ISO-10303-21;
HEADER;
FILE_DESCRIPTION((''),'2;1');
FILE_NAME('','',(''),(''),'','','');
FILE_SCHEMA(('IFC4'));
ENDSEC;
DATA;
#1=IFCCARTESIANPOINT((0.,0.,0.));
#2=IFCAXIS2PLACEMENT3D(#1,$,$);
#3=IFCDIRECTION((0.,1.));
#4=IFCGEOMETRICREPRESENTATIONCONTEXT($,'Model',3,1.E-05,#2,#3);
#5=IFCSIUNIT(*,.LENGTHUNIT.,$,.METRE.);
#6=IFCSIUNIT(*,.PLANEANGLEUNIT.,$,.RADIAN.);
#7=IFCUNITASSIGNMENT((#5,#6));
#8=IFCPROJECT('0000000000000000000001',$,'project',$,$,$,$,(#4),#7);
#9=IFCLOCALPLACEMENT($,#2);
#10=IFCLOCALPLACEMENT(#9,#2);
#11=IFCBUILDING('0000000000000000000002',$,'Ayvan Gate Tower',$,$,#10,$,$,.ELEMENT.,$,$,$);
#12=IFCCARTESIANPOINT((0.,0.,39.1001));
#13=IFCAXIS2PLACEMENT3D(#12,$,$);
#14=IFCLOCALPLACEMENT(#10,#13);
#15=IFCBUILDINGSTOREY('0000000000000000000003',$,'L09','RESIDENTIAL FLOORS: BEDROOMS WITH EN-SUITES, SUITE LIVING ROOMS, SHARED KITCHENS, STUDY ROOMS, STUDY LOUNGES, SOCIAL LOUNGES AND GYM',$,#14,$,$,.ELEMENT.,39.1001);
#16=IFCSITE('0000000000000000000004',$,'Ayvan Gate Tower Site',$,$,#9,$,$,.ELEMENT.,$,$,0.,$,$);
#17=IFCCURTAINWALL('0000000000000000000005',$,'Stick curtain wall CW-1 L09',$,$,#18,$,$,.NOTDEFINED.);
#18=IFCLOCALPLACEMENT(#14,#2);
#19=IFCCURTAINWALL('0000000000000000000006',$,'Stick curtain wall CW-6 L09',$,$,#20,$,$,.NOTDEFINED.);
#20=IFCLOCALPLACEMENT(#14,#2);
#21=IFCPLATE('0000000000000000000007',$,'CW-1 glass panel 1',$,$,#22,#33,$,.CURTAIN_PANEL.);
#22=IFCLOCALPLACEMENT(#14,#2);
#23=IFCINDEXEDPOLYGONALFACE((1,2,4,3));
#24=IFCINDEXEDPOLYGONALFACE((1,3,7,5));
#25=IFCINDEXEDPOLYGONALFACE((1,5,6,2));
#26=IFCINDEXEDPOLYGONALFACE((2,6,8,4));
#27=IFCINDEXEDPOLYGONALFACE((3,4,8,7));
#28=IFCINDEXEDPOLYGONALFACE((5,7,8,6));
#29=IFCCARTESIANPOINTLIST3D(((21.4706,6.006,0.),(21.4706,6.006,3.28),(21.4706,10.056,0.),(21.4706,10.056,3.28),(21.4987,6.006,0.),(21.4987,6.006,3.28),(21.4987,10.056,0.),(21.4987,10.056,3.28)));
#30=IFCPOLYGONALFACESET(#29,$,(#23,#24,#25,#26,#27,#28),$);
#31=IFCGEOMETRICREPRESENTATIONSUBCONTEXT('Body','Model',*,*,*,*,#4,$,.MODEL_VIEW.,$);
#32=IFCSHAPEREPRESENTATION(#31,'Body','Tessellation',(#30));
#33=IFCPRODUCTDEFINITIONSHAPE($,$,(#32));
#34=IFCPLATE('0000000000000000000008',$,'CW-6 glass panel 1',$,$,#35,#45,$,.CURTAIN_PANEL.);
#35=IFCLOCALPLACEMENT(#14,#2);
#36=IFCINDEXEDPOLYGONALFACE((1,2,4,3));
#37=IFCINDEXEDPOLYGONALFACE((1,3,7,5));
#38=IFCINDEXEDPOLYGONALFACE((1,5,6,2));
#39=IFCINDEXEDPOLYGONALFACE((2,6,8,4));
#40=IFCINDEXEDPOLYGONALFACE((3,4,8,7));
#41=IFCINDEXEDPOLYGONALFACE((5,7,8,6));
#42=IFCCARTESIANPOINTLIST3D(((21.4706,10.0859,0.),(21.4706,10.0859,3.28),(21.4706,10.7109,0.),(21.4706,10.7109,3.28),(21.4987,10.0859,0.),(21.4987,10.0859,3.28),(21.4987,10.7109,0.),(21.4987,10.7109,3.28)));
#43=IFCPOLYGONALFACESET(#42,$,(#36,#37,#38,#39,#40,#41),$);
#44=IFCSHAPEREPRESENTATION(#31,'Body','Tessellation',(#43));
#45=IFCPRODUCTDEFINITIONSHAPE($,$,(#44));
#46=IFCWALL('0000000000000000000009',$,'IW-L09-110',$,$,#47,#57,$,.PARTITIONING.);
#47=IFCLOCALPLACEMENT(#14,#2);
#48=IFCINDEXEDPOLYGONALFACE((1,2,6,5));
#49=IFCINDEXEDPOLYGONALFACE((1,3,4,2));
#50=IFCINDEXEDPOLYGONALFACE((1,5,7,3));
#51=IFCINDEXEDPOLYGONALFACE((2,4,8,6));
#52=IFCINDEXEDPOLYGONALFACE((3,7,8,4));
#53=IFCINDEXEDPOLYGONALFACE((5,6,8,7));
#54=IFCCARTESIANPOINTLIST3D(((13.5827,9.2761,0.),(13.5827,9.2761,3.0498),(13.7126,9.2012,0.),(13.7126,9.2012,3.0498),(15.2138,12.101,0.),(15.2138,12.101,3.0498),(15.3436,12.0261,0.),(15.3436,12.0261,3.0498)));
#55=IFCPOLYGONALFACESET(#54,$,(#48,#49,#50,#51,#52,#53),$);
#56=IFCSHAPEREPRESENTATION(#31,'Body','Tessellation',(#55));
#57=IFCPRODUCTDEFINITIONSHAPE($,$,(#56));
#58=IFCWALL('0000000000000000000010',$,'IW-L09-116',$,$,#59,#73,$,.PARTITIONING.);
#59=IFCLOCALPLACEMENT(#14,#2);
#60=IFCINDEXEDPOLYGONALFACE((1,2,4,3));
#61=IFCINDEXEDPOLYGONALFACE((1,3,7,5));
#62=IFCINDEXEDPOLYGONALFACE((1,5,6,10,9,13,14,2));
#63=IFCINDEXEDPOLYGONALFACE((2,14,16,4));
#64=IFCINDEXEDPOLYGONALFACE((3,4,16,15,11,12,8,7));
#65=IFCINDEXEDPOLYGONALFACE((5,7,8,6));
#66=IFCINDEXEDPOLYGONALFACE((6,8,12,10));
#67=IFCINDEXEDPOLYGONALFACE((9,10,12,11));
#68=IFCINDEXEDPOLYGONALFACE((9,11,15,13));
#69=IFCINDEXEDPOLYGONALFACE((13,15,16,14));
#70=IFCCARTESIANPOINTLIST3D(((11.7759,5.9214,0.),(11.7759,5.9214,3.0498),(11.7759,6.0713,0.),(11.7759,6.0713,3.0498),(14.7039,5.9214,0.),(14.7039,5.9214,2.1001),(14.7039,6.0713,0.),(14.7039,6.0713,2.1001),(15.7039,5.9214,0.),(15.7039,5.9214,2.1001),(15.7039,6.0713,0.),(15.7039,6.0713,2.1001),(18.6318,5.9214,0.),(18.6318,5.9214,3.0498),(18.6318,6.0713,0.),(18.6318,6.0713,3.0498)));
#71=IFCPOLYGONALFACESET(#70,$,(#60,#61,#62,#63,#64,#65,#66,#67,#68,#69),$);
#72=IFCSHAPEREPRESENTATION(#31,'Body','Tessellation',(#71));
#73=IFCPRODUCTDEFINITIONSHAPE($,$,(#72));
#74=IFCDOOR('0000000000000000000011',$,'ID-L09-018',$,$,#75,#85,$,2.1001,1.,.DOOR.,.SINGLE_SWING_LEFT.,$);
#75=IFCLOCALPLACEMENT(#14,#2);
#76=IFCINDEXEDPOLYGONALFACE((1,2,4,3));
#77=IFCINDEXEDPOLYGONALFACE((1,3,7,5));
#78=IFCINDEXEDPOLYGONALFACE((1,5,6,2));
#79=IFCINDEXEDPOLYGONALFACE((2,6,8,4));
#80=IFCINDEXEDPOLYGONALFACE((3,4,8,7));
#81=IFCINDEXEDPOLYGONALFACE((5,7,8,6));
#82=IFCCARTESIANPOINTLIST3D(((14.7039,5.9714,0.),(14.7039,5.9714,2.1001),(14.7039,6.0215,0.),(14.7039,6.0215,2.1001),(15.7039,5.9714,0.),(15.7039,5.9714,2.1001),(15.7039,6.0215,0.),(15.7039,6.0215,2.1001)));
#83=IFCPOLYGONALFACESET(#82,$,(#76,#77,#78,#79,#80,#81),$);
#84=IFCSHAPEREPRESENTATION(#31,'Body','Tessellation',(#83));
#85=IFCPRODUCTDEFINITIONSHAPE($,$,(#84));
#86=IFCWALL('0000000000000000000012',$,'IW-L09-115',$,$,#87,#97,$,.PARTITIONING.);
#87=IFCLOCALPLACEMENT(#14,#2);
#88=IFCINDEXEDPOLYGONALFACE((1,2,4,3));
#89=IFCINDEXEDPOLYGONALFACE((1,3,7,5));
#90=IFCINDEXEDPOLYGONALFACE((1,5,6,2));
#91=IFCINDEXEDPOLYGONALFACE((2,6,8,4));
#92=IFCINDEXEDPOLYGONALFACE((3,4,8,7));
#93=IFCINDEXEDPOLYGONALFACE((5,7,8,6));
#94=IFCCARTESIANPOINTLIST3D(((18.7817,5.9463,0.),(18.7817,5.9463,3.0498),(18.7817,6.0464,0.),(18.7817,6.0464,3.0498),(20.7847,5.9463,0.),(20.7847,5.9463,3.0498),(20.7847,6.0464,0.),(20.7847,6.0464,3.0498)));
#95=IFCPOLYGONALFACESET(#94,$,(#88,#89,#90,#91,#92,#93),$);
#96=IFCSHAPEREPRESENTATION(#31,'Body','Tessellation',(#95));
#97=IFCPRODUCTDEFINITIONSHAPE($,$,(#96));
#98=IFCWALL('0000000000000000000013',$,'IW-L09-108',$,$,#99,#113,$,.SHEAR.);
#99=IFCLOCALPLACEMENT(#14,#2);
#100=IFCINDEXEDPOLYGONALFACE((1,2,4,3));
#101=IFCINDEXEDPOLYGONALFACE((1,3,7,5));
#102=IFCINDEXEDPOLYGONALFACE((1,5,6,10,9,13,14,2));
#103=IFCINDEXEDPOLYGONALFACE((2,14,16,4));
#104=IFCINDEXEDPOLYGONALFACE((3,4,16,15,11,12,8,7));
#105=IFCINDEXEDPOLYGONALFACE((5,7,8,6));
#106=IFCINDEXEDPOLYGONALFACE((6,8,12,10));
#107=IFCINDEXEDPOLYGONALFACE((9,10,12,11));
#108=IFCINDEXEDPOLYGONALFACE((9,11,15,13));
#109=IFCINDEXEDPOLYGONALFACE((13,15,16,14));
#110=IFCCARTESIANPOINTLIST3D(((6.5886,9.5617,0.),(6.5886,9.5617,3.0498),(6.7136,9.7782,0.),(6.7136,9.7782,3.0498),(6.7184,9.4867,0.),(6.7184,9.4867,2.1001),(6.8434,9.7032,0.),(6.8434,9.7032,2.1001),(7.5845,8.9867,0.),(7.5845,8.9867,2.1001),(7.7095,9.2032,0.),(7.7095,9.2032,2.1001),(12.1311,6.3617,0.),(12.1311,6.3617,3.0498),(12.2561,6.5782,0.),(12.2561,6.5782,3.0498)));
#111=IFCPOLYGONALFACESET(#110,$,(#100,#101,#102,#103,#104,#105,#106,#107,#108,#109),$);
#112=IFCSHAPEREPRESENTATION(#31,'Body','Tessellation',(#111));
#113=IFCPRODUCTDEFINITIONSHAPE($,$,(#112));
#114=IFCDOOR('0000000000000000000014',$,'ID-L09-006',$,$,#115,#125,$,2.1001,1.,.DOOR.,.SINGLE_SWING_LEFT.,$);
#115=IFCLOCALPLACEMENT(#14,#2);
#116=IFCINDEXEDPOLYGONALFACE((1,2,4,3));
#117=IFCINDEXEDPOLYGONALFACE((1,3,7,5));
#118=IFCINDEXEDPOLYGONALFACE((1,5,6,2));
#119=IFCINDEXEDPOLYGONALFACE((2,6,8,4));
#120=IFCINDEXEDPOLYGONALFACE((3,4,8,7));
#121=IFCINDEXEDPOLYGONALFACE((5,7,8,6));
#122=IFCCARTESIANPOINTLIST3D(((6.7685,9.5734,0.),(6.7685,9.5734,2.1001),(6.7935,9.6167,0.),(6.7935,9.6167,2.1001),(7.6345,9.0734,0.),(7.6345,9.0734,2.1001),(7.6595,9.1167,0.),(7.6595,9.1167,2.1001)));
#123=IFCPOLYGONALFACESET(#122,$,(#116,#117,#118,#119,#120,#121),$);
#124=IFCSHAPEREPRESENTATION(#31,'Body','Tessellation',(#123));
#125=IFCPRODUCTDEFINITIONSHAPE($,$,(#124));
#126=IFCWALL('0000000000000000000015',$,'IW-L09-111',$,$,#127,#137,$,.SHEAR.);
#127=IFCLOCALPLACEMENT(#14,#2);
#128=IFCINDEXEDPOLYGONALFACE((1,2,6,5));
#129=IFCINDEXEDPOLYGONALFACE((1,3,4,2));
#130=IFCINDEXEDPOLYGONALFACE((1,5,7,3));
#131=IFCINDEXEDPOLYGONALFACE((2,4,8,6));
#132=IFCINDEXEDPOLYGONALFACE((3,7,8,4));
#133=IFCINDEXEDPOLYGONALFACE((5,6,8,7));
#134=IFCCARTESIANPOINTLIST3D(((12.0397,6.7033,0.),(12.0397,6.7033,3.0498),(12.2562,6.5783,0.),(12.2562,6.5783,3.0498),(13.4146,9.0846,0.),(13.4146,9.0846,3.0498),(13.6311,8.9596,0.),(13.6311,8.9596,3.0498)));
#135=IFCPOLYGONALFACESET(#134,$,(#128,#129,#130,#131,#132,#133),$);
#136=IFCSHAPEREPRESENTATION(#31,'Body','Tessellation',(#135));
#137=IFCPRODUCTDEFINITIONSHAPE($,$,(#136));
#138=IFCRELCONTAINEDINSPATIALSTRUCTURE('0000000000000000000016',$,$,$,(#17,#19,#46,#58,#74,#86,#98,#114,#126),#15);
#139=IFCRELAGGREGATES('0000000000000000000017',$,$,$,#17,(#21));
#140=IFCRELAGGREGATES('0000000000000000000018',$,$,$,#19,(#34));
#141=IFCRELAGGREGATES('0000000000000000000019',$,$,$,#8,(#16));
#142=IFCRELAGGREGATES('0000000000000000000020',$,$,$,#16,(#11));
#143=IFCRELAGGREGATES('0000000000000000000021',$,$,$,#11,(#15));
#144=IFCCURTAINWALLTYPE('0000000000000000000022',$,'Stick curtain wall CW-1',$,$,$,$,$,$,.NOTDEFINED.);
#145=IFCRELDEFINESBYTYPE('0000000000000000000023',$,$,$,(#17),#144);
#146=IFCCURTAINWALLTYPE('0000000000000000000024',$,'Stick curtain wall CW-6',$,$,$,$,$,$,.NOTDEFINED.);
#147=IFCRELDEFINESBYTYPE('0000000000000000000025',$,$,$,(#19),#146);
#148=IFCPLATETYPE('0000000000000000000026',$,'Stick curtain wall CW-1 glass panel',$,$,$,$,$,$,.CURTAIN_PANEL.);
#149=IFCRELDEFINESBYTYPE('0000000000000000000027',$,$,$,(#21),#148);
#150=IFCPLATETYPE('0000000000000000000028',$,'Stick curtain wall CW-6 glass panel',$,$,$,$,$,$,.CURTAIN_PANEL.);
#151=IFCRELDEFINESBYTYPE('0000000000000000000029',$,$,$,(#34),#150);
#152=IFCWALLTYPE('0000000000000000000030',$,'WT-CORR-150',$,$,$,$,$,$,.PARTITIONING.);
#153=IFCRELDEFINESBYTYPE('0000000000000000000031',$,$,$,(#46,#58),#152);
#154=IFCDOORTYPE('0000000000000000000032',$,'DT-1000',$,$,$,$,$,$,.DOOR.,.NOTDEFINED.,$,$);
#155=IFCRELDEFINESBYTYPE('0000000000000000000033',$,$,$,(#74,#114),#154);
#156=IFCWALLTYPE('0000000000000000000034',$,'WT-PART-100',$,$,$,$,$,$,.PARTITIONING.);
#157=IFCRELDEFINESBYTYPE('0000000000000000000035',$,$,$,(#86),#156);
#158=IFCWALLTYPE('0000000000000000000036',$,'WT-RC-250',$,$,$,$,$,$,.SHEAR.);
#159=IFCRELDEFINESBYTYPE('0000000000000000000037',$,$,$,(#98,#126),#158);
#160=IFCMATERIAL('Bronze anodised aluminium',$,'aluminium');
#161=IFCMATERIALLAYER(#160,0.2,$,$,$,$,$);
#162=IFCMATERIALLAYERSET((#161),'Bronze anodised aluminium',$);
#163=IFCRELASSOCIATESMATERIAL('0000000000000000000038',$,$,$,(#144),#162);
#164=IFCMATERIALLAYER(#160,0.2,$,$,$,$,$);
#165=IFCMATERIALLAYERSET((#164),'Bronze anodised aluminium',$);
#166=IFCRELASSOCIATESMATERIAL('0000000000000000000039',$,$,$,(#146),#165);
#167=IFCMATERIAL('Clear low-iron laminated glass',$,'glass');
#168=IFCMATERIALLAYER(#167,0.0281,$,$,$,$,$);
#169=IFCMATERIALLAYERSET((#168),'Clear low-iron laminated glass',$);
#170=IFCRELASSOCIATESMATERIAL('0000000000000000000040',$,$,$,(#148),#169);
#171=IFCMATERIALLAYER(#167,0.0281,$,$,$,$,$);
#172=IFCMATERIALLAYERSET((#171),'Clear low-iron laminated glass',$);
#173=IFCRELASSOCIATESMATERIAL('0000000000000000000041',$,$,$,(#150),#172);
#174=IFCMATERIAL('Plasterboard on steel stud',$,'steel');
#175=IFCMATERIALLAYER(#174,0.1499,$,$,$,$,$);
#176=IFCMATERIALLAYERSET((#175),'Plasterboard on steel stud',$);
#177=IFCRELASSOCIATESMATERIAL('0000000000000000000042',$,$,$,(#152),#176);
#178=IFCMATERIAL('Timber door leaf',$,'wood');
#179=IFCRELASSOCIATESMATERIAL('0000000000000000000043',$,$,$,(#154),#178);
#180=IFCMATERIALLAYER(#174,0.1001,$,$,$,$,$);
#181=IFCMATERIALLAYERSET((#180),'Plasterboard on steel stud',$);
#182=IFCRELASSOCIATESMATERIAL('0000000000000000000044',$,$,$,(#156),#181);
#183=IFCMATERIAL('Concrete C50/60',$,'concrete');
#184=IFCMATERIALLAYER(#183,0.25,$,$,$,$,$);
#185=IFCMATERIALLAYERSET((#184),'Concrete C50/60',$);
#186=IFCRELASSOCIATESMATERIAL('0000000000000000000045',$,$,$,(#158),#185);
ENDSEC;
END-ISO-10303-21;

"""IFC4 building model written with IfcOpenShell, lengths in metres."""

from ifc_helpers import new_model, si_unit, direction, frame, frame_2d, origin, origin_2d, place, context, subcontext, project, spatial, rectangle, extrude, material, layer, layer_set, type_object, element, fill, aggregate, save


model = new_model("IFC4")

# Units and contexts
model_context = context("Model", 3, precision=1e-05, world=origin(), true_north=direction((0.0, 1.0)))
body_context = subcontext(model_context, "Body", "Model", "MODEL_VIEW")
ifc_project = project(units=[si_unit("LENGTHUNIT", "METRE"), si_unit("PLANEANGLEUNIT", "RADIAN")], contexts=[model_context])

# Site, building, storey
site_placement = place(None, origin())
site = spatial("IfcSite", under=ifc_project, at=site_placement, Name="Ayvan Gate Tower Site", CompositionType="ELEMENT", RefElevation=0.0)
building_placement = place(site_placement, origin())
building = spatial("IfcBuilding", under=site, at=building_placement, Name="Ayvan Gate Tower", CompositionType="ELEMENT")
storey_placement = place(building_placement, frame((0.0, 0.0, 39.1001)))
storey = spatial("IfcBuildingStorey", under=building, at=storey_placement, Name="L09", Description="RESIDENTIAL FLOORS: BEDROOMS WITH EN-SUITES, SUITE LIVING ROOMS, SHARED KITCHENS, STUDY ROOMS, STUDY LOUNGES, SOCIAL LOUNGES AND GYM", CompositionType="ELEMENT", Elevation=39.1001)

# Shared definitions
ifc_material_1 = material(Name="Bronze anodised aluminium", Category="aluminium")
ifc_layer_1 = layer(ifc_material_1, 0.2)
ifc_layer_set_1 = layer_set([ifc_layer_1], Name="Bronze anodised aluminium")
curtain_wall_type_1 = type_object("IfcCurtainWallType", Name="Stick curtain wall CW-1", PredefinedType="NOTDEFINED", material=ifc_layer_set_1)

# Curtain walls
curtain_wall_1_placement = place(storey_placement, origin())
curtain_wall_1 = element("IfcCurtainWall", 1, at=curtain_wall_1_placement, inside=storey, type_object=curtain_wall_type_1, Name="Stick curtain wall CW-1 L09", PredefinedType="NOTDEFINED")
ifc_layer_2 = layer(ifc_material_1, 0.2)
ifc_layer_set_2 = layer_set([ifc_layer_2], Name="Bronze anodised aluminium")
curtain_wall_type_2 = type_object("IfcCurtainWallType", Name="Stick curtain wall CW-6", PredefinedType="NOTDEFINED", material=ifc_layer_set_2)
curtain_wall_2_placement = place(storey_placement, origin())
curtain_wall_2 = element("IfcCurtainWall", 2, at=curtain_wall_2_placement, inside=storey, type_object=curtain_wall_type_2, Name="Stick curtain wall CW-6 L09", PredefinedType="NOTDEFINED")

# Plates
ifc_material_2 = material(Name="Clear low-iron laminated glass", Category="glass")
ifc_layer_3 = layer(ifc_material_2, 0.0281)
ifc_layer_set_3 = layer_set([ifc_layer_3], Name="Clear low-iron laminated glass")
plate_type_1 = type_object("IfcPlateType", Name="Stick curtain wall CW-1 glass panel", PredefinedType="CURTAIN_PANEL", material=ifc_layer_set_3)
plate_1_placement = place(storey_placement, frame((21.4846, 8.031, 0.0), z_axis=(0.0, 0.0, 1.0), x_axis=(0.0, 1.0, 0.0)))
plate_1 = element("IfcPlate", 3, at=plate_1_placement, type_object=plate_type_1, Name="CW-1 glass panel 1", PredefinedType="CURTAIN_PANEL", context=body_context, shape_type="SweptSolid", body=[
    extrude(rectangle(XDim=4.05, YDim=0.0281, at=origin_2d()), origin(), (0.0, 0.0, 1.0), 3.28),
])
aggregate(curtain_wall_1, [plate_1])
ifc_layer_4 = layer(ifc_material_2, 0.0281)
ifc_layer_set_4 = layer_set([ifc_layer_4], Name="Clear low-iron laminated glass")
plate_type_2 = type_object("IfcPlateType", Name="Stick curtain wall CW-6 glass panel", PredefinedType="CURTAIN_PANEL", material=ifc_layer_set_4)
plate_2_placement = place(storey_placement, frame((21.4846, 10.3984, 0.0), z_axis=(0.0, 0.0, 1.0), x_axis=(0.0, 1.0, 0.0)))
plate_2 = element("IfcPlate", 4, at=plate_2_placement, type_object=plate_type_2, Name="CW-6 glass panel 1", PredefinedType="CURTAIN_PANEL", context=body_context, shape_type="SweptSolid", body=[
    extrude(rectangle(XDim=0.625, YDim=0.0281, at=origin_2d()), origin(), (0.0, 0.0, 1.0), 3.28),
])
aggregate(curtain_wall_2, [plate_2])

# Wall
ifc_material_3 = material(Name="Plasterboard on steel stud", Category="steel")
ifc_layer_5 = layer(ifc_material_3, 0.1499)
ifc_layer_set_5 = layer_set([ifc_layer_5], Name="Plasterboard on steel stud")
wall_type_1 = type_object("IfcWallType", Name="WT-CORR-150", PredefinedType="PARTITIONING", material=ifc_layer_set_5)
wall_1_placement = place(storey_placement, frame((13.6477, 9.2388, 0.0), z_axis=(0.0, 0.0, 1.0), x_axis=(0.500027, 0.86601, 0.0)))
element("IfcWall", 5, at=wall_1_placement, inside=storey, type_object=wall_type_1, Name="IW-L09-110", PredefinedType="PARTITIONING", context=body_context, shape_type="SweptSolid", body=[
    extrude(rectangle(XDim=3.262, YDim=0.1499, at=frame_2d((1.6309, 0.0))), origin(), (0.0, 0.0, 1.0), 3.0498),
])

# Wall, opening, door
wall_2_placement = place(storey_placement, frame((18.6318, 5.9963, 0.0), z_axis=(0.0, 0.0, 1.0), x_axis=(-1.0, 0.0, 0.0)))
wall_2 = element("IfcWall", 6, at=wall_2_placement, inside=storey, type_object=wall_type_1, Name="IW-L09-116", PredefinedType="PARTITIONING", context=body_context, shape_type="SweptSolid", body=[
    extrude(rectangle(XDim=6.856, YDim=0.1499, at=frame_2d((3.428, 0.0))), origin(), (0.0, 0.0, 1.0), 3.0498),
])
opening_1_placement = place(wall_2_placement, frame((2.928, 0.0, 0.0)))
opening_1 = element("IfcOpeningElement", 7, at=opening_1_placement, cuts=wall_2, PredefinedType="OPENING", context=body_context, shape_type="SweptSolid", body=[
    extrude(rectangle(XDim=1.0, YDim=2.1001, at=frame_2d((0.5, 1.05))), frame((0.0, 0.085, 0.0), z_axis=(0.0, -1.0, 0.0), x_axis=(1.0, 0.0, 0.0)), (0.0, 0.0, 1.0), 0.1699),
])
ifc_material_4 = material(Name="Timber door leaf", Category="wood")
door_type_1 = type_object("IfcDoorType", Name="DT-1000", OperationType="NOTDEFINED", PredefinedType="DOOR", material=ifc_material_4)
door_1_placement = place(opening_1_placement, origin())
door_1 = element("IfcDoor", 8, at=door_1_placement, inside=storey, type_object=door_type_1, Name="ID-L09-018", OperationType="SINGLE_SWING_LEFT", OverallHeight=2.1001, OverallWidth=1.0, PredefinedType="DOOR", context=body_context, shape_type="SweptSolid", body=[
    extrude(rectangle(XDim=1.0, YDim=2.1001, at=frame_2d((0.5, 1.05))), frame((0.0, 0.0249, 0.0), z_axis=(0.0, -1.0, 0.0), x_axis=(1.0, 0.0, 0.0)), (0.0, 0.0, 1.0), 0.05),
])
fill(opening_1, door_1)

# Wall
ifc_layer_6 = layer(ifc_material_3, 0.1001)
ifc_layer_set_6 = layer_set([ifc_layer_6], Name="Plasterboard on steel stud")
wall_type_2 = type_object("IfcWallType", Name="WT-PART-100", PredefinedType="PARTITIONING", material=ifc_layer_set_6)
wall_3_placement = place(storey_placement, frame((18.7817, 5.9963, 0.0), z_axis=(0.0, 0.0, 1.0), x_axis=(1.0, 0.0, 0.0)))
element("IfcWall", 9, at=wall_3_placement, inside=storey, type_object=wall_type_2, Name="IW-L09-115", PredefinedType="PARTITIONING", context=body_context, shape_type="SweptSolid", body=[
    extrude(rectangle(XDim=2.0029, YDim=0.1001, at=frame_2d((1.0015, 0.0))), origin(), (0.0, 0.0, 1.0), 3.0498),
])

# Wall, opening, door
ifc_material_5 = material(Name="Concrete C50/60", Category="concrete")
ifc_layer_7 = layer(ifc_material_5, 0.25)
ifc_layer_set_7 = layer_set([ifc_layer_7], Name="Concrete C50/60")
wall_type_3 = type_object("IfcWallType", Name="WT-RC-250", PredefinedType="SHEAR", material=ifc_layer_set_7)
wall_4_placement = place(storey_placement, frame((12.1936, 6.47, 0.0), z_axis=(0.0, 0.0, 1.0), x_axis=(-0.866025, 0.5, 0.0)))
wall_4 = element("IfcWall", 10, at=wall_4_placement, inside=storey, type_object=wall_type_3, Name="IW-L09-108", PredefinedType="SHEAR", context=body_context, shape_type="SweptSolid", body=[
    extrude(rectangle(XDim=6.3999, YDim=0.25, at=frame_2d((3.2, 0.0))), origin(), (0.0, 0.0, 1.0), 3.0498),
])
opening_2_placement = place(wall_4_placement, frame((5.25, 0.0, 0.0)))
opening_2 = element("IfcOpeningElement", 11, at=opening_2_placement, cuts=wall_4, PredefinedType="OPENING", context=body_context, shape_type="SweptSolid", body=[
    extrude(rectangle(XDim=1.0, YDim=2.1001, at=frame_2d((0.5, 1.05))), frame((0.0, 0.135, 0.0), z_axis=(0.0, -1.0, 0.0), x_axis=(1.0, 0.0, 0.0)), (0.0, 0.0, 1.0), 0.27),
])
door_2_placement = place(opening_2_placement, origin())
door_2 = element("IfcDoor", 12, at=door_2_placement, inside=storey, type_object=door_type_1, Name="ID-L09-006", OperationType="SINGLE_SWING_LEFT", OverallHeight=2.1001, OverallWidth=1.0, PredefinedType="DOOR", context=body_context, shape_type="SweptSolid", body=[
    extrude(rectangle(XDim=1.0, YDim=2.1001, at=frame_2d((0.5, 1.05))), frame((0.0, 0.0249, 0.0), z_axis=(0.0, -1.0, 0.0), x_axis=(1.0, 0.0, 0.0)), (0.0, 0.0, 1.0), 0.05),
])
fill(opening_2, door_2)

# Wall
wall_5_placement = place(storey_placement, frame((13.5229, 9.0222, 0.0), z_axis=(0.0, 0.0, 1.0), x_axis=(-0.500035, -0.866005, 0.0)))
element("IfcWall", 13, at=wall_5_placement, inside=storey, type_object=wall_type_3, Name="IW-L09-111", PredefinedType="SHEAR", context=body_context, shape_type="SweptSolid", body=[
    extrude(rectangle(XDim=2.7498, YDim=0.25, at=frame_2d((1.375, 0.0))), origin(), (0.0, 0.0, 1.0), 3.0498),
])

save(model, "model.ifc")
